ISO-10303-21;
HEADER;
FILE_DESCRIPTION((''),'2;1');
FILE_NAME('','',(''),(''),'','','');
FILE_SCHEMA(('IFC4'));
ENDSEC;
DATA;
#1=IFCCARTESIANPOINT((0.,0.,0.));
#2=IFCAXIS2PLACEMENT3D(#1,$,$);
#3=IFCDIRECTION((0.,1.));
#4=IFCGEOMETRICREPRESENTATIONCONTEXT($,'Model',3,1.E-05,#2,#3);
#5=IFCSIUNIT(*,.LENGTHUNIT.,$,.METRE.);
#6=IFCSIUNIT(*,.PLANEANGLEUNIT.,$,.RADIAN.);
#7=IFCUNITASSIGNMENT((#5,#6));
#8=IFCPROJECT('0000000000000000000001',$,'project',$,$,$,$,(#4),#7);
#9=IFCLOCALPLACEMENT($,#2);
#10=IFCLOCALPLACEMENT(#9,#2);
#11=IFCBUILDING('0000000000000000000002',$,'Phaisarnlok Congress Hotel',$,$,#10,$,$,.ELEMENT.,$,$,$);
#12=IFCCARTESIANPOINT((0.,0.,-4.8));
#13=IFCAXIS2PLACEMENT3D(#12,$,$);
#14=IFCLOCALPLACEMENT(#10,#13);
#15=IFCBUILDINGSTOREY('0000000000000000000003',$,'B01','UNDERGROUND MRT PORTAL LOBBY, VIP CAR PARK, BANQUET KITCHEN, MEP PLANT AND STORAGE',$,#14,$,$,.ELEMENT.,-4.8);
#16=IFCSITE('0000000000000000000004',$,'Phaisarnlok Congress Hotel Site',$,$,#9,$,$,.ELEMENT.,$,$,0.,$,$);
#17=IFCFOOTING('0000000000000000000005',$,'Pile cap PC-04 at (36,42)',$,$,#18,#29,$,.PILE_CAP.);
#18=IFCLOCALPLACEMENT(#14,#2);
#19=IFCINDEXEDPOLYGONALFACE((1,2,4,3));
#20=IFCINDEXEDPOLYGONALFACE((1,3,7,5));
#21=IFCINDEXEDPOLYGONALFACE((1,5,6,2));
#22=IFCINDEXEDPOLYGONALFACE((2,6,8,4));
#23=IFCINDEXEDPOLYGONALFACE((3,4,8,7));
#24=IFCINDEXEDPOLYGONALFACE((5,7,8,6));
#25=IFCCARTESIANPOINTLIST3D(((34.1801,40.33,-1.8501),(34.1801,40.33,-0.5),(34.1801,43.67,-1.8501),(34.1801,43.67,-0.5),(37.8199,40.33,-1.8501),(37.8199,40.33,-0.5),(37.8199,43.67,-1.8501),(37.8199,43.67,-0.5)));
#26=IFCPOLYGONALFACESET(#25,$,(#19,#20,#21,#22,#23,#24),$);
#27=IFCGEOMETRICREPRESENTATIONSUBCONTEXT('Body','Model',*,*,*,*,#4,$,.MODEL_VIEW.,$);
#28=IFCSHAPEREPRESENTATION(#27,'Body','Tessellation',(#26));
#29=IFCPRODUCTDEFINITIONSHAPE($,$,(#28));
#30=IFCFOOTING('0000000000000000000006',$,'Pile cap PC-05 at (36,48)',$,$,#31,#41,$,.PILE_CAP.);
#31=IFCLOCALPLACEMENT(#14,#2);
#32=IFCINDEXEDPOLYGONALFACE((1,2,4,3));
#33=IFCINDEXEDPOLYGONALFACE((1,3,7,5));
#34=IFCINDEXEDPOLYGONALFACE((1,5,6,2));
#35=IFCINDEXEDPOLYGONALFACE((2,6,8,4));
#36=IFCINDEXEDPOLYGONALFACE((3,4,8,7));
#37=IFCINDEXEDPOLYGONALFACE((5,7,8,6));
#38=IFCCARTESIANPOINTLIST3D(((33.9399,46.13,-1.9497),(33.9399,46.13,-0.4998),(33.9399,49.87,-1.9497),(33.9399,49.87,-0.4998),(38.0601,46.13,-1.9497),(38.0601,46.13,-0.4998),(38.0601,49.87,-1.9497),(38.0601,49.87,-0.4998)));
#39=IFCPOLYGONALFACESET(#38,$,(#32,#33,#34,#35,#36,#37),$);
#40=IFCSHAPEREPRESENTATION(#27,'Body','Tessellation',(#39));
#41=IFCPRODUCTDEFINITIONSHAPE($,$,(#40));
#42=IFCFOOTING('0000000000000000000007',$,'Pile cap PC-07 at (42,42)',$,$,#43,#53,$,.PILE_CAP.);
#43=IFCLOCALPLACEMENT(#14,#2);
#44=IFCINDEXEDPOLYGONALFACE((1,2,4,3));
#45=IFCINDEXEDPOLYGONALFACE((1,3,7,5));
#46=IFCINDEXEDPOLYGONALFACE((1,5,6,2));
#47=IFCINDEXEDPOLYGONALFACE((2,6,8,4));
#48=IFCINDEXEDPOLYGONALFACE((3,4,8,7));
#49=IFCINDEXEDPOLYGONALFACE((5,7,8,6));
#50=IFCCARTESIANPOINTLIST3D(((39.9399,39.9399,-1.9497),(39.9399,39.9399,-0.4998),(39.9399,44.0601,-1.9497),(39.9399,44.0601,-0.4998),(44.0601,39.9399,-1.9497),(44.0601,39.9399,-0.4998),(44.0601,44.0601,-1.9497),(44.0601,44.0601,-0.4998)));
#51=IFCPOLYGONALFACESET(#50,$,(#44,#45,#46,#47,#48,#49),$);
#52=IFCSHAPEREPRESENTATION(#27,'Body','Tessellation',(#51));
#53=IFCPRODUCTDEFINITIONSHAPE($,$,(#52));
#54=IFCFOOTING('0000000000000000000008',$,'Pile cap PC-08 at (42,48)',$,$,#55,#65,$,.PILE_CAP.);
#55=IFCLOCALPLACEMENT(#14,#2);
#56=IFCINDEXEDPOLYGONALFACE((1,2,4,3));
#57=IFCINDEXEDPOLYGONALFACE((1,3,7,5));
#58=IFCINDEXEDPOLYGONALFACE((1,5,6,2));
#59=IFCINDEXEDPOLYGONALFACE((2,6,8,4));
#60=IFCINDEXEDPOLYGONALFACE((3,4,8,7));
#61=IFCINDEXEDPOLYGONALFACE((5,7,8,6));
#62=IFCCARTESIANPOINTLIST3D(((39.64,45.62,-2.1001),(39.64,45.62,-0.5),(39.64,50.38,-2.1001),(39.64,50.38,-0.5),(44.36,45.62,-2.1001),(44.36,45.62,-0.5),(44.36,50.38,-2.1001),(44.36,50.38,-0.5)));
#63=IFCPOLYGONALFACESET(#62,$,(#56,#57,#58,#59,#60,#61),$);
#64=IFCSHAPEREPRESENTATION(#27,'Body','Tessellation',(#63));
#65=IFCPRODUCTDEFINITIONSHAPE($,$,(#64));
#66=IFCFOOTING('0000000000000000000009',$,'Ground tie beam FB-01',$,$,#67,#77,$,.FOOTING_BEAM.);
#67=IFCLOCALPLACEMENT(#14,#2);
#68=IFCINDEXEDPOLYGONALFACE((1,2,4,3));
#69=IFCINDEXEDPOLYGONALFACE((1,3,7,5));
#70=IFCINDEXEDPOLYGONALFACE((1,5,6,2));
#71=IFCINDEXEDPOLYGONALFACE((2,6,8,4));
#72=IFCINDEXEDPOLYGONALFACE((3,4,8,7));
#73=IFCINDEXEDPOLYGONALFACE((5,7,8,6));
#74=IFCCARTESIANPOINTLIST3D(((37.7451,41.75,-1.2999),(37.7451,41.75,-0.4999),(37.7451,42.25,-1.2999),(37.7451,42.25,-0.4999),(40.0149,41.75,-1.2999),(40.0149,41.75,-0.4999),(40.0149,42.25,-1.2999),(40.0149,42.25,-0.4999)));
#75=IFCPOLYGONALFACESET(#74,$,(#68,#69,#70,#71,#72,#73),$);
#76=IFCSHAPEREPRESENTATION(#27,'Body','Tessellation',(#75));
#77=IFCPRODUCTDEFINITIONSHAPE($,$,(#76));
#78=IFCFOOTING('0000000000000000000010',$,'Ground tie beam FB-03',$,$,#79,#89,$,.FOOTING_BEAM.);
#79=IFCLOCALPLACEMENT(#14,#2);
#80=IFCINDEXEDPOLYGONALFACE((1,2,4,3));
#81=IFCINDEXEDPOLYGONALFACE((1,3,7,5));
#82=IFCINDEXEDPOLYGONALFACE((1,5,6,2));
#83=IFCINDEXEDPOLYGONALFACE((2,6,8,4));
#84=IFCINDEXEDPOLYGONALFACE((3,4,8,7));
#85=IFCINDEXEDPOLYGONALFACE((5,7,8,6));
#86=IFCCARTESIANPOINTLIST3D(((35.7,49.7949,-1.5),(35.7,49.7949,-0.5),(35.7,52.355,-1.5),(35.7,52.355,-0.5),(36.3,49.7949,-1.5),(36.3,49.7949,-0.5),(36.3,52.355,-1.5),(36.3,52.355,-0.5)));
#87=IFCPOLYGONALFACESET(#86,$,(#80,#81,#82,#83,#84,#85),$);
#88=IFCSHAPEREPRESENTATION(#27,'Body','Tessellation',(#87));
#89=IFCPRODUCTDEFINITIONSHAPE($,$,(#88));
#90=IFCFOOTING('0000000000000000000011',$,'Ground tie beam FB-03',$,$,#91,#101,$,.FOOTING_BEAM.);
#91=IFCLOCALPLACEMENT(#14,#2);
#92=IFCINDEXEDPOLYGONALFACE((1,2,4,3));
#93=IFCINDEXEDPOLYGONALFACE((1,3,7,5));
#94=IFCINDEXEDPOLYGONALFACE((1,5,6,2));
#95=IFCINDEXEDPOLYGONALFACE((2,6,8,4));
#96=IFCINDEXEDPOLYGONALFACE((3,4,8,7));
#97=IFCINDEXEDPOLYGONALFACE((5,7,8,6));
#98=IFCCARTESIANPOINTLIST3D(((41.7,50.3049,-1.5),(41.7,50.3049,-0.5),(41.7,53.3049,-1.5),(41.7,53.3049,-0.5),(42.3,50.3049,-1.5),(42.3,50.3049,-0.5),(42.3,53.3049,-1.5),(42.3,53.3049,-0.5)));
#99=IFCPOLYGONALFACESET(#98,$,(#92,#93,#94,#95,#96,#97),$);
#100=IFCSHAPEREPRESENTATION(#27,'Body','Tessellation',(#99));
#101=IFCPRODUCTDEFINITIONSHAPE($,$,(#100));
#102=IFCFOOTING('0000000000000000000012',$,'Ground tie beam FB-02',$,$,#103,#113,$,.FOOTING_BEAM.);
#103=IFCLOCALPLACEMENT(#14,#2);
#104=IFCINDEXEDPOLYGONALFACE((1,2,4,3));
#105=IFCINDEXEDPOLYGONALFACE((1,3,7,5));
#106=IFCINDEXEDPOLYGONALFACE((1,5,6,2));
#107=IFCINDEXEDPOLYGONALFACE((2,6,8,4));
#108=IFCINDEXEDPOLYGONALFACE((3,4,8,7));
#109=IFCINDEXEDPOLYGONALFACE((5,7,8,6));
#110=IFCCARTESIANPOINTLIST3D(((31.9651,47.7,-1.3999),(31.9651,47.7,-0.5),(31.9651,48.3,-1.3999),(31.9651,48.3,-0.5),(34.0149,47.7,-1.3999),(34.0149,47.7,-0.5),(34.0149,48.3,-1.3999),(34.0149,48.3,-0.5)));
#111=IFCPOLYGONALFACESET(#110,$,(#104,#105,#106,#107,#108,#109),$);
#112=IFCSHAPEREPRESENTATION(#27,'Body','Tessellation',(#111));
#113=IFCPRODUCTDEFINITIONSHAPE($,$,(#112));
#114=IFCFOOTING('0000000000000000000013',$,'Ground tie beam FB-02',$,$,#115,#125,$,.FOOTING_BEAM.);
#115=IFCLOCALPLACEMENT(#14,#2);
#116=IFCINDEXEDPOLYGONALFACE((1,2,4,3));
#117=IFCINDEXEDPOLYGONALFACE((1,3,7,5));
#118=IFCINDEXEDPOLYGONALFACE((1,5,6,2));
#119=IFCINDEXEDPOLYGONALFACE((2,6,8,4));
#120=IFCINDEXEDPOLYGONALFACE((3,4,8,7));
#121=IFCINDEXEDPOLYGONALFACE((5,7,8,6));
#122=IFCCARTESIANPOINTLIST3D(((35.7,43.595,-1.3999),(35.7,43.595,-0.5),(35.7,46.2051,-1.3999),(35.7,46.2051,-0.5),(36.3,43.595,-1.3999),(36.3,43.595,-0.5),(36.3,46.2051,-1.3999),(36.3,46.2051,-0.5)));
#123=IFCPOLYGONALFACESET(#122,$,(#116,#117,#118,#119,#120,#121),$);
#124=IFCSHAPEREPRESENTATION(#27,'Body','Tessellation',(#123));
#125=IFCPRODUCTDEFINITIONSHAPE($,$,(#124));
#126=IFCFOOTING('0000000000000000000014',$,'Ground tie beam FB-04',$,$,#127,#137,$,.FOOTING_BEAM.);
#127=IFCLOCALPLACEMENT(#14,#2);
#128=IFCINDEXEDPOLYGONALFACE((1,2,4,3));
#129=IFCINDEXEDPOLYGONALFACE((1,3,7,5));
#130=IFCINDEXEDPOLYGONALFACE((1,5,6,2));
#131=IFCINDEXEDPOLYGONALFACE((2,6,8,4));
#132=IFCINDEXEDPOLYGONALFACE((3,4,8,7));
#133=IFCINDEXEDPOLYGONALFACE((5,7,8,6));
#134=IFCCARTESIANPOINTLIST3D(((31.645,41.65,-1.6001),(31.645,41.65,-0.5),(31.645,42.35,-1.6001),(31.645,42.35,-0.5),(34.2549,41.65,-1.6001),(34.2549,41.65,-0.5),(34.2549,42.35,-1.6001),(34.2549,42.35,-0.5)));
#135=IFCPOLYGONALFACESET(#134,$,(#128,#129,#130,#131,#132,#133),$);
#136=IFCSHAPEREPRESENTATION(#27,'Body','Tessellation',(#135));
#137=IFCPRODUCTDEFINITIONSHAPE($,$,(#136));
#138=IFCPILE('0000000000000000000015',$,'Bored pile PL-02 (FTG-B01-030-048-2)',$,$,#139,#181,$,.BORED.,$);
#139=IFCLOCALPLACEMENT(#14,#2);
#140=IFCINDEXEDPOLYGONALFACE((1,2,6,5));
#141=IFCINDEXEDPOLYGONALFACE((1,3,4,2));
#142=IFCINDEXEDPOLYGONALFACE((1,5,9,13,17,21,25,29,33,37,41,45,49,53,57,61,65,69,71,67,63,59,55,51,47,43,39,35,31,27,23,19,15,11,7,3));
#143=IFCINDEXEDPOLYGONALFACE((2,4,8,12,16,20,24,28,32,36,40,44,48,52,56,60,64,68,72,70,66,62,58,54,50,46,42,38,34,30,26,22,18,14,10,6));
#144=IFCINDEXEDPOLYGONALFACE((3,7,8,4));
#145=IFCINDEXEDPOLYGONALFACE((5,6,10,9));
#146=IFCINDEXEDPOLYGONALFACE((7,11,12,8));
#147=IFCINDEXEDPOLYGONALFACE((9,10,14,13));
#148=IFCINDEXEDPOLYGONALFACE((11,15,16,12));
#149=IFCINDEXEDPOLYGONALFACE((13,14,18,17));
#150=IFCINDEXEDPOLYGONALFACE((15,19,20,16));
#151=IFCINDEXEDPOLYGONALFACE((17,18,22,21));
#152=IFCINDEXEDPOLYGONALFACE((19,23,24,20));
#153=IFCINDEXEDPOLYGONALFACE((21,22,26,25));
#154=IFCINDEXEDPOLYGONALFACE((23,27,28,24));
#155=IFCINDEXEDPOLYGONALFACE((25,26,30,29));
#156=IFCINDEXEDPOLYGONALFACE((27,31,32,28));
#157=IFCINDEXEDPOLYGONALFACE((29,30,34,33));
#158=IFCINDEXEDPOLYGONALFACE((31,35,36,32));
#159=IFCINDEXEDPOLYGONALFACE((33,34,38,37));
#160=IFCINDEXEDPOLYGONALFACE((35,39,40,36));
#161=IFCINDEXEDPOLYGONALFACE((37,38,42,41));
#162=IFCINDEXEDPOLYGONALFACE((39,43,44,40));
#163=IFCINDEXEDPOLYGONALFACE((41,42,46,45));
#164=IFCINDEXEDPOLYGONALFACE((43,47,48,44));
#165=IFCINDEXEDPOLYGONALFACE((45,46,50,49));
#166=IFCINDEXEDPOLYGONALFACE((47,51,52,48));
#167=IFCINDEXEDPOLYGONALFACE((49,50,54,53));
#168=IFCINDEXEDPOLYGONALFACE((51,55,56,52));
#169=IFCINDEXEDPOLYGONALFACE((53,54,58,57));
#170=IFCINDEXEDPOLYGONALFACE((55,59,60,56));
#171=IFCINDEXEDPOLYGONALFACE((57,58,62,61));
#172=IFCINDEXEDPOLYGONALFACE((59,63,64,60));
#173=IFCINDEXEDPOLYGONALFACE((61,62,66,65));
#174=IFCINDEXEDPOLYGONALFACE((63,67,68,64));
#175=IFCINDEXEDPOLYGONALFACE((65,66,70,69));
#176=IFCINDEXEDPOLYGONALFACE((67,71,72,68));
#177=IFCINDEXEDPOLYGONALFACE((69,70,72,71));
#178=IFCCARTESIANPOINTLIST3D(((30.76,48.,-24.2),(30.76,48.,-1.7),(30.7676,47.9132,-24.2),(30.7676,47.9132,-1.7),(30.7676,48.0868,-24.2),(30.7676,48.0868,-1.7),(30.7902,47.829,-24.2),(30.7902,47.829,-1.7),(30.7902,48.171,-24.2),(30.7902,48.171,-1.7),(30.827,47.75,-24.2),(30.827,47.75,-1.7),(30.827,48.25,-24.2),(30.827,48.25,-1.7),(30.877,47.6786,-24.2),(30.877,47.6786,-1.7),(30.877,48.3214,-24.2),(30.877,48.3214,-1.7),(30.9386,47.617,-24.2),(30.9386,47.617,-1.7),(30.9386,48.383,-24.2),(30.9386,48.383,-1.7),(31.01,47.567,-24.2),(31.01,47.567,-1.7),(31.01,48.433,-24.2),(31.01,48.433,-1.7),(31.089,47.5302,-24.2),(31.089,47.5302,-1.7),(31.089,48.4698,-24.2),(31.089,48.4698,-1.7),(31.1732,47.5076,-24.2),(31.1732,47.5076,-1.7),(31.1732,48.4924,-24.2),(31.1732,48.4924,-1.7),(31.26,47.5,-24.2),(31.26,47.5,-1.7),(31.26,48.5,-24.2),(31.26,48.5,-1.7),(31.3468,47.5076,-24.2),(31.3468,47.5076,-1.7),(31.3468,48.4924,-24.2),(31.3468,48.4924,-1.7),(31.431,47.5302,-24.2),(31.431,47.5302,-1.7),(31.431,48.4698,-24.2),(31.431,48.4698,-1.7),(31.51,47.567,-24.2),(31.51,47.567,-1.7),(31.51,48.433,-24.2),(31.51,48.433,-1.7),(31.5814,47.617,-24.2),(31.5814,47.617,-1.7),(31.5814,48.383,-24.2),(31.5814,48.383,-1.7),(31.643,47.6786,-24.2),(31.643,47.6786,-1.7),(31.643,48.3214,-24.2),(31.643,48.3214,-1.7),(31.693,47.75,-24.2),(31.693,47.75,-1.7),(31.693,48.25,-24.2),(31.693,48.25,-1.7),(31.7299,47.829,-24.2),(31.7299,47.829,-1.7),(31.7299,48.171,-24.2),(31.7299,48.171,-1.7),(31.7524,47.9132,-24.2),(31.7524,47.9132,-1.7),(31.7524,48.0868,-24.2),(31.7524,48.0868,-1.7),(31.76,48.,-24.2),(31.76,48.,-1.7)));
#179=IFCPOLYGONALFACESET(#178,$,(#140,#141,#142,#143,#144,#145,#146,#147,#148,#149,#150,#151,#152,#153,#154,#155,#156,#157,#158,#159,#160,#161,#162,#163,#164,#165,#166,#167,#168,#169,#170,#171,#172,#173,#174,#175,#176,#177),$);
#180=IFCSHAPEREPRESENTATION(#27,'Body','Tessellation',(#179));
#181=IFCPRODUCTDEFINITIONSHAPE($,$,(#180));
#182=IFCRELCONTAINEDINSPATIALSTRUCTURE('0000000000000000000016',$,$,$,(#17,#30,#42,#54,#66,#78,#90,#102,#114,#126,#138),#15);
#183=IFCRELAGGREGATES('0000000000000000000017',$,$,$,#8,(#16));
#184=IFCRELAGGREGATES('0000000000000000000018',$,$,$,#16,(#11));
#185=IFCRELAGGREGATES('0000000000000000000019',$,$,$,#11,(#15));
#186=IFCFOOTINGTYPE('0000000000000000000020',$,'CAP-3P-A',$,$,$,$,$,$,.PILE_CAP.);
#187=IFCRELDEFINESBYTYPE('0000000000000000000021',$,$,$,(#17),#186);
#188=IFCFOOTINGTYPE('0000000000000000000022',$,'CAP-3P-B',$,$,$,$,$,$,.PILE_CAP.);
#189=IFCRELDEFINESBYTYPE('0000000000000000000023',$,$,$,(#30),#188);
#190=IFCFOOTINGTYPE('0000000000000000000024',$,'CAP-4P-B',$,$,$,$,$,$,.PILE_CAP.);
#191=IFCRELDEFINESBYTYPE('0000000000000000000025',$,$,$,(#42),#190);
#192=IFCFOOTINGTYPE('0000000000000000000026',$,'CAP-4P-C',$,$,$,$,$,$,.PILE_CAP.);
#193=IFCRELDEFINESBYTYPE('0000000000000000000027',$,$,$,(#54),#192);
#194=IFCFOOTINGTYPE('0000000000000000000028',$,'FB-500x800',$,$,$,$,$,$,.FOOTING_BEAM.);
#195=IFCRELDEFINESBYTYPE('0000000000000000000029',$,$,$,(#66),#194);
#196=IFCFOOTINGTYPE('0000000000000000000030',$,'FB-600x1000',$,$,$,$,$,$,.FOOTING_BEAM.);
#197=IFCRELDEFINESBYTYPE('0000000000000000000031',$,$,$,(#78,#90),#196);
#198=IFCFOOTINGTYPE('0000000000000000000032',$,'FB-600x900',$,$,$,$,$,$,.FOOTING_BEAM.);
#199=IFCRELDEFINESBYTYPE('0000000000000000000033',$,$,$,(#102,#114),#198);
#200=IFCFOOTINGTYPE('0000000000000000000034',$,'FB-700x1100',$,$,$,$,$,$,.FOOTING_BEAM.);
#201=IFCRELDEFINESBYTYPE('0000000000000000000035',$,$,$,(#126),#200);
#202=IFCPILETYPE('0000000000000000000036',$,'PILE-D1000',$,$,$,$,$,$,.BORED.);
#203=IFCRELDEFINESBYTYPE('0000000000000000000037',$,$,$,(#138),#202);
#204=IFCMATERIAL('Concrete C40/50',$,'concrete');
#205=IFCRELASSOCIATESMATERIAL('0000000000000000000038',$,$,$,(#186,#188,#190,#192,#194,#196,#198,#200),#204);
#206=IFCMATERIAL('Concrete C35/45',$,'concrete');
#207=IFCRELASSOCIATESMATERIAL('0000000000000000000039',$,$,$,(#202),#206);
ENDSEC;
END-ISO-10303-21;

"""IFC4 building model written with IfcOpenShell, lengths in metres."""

from ifc_helpers import new_model, si_unit, direction, frame, origin, origin_2d, place, context, subcontext, project, spatial, rectangle, circle, extrude, material, material_profile, profile_set, type_object, element, save


model = new_model("IFC4")

# Units and contexts
model_context = context("Model", 3, precision=1e-05, world=origin(), true_north=direction((0.0, 1.0)))
body_context = subcontext(model_context, "Body", "Model", "MODEL_VIEW")
ifc_project = project(units=[si_unit("LENGTHUNIT", "METRE"), si_unit("PLANEANGLEUNIT", "RADIAN")], contexts=[model_context])

# Site, building, storey
site_placement = place(None, origin())
site = spatial("IfcSite", under=ifc_project, at=site_placement, Name="Phaisarnlok Congress Hotel Site", CompositionType="ELEMENT", RefElevation=0.0)
building_placement = place(site_placement, origin())
building = spatial("IfcBuilding", under=site, at=building_placement, Name="Phaisarnlok Congress Hotel", CompositionType="ELEMENT")
storey_placement = place(building_placement, frame((0.0, 0.0, -4.8)))
storey = spatial("IfcBuildingStorey", under=building, at=storey_placement, Name="B01", Description="UNDERGROUND MRT PORTAL LOBBY, VIP CAR PARK, BANQUET KITCHEN, MEP PLANT AND STORAGE", CompositionType="ELEMENT", Elevation=-4.8)

# Footings
ifc_material_1 = material(Name="Concrete C40/50", Category="concrete")
footing_type_1 = type_object("IfcFootingType", Name="CAP-3P-A", PredefinedType="PILE_CAP", material=ifc_material_1)
footing_1_placement = place(storey_placement, frame((36.0, 42.0, -1.8501), z_axis=(0.0, 0.0, 1.0), x_axis=(1.0, 0.0, 0.0)))
element("IfcFooting", 1, at=footing_1_placement, inside=storey, type_object=footing_type_1, Name="Pile cap PC-04 at (36,42)", PredefinedType="PILE_CAP", context=body_context, shape_type="SweptSolid", body=[
    extrude(rectangle(XDim=3.6399, YDim=3.3401, at=origin_2d()), origin(), (0.0, 0.0, 1.0), 1.3501),
])
footing_type_2 = type_object("IfcFootingType", Name="CAP-3P-B", PredefinedType="PILE_CAP", material=ifc_material_1)
footing_2_placement = place(storey_placement, frame((36.0, 48.0, -1.9497), z_axis=(0.0, 0.0, 1.0), x_axis=(1.0, 0.0, 0.0)))
element("IfcFooting", 2, at=footing_2_placement, inside=storey, type_object=footing_type_2, Name="Pile cap PC-05 at (36,48)", PredefinedType="PILE_CAP", context=body_context, shape_type="SweptSolid", body=[
    extrude(rectangle(XDim=4.1201, YDim=3.74, at=origin_2d()), origin(), (0.0, 0.0, 1.0), 1.45),
])
footing_type_3 = type_object("IfcFootingType", Name="CAP-4P-B", PredefinedType="PILE_CAP", material=ifc_material_1)
footing_3_placement = place(storey_placement, frame((42.0, 42.0, -1.9497), z_axis=(0.0, 0.0, 1.0), x_axis=(1.0, 0.0, 0.0)))
element("IfcFooting", 3, at=footing_3_placement, inside=storey, type_object=footing_type_3, Name="Pile cap PC-07 at (42,42)", PredefinedType="PILE_CAP", context=body_context, shape_type="SweptSolid", body=[
    extrude(rectangle(XDim=4.1201, YDim=4.1201, at=origin_2d()), origin(), (0.0, 0.0, 1.0), 1.45),
])
footing_type_4 = type_object("IfcFootingType", Name="CAP-4P-C", PredefinedType="PILE_CAP", material=ifc_material_1)
footing_4_placement = place(storey_placement, frame((42.0, 48.0, -2.1001), z_axis=(0.0, 0.0, 1.0), x_axis=(1.0, 0.0, 0.0)))
element("IfcFooting", 4, at=footing_4_placement, inside=storey, type_object=footing_type_4, Name="Pile cap PC-08 at (42,48)", PredefinedType="PILE_CAP", context=body_context, shape_type="SweptSolid", body=[
    extrude(rectangle(XDim=4.72, YDim=4.76, at=origin_2d()), origin(), (0.0, 0.0, 1.0), 1.6001),
])
ifc_material_profile_1 = material_profile(ifc_material_1, rectangle(XDim=0.5, YDim=0.8, at=origin_2d()), Name="FB-500x800")
ifc_profile_set_1 = profile_set([ifc_material_profile_1], Name="Concrete C40/50")
footing_type_5 = type_object("IfcFootingType", Name="FB-500x800", PredefinedType="FOOTING_BEAM", material=ifc_profile_set_1)
footing_5_placement = place(storey_placement, frame((37.7451, 42.0, -0.8999), z_axis=(1.0, 0.0, 0.0), x_axis=(0.0, 1.0, 0.0)))
element("IfcFooting", 5, at=footing_5_placement, inside=storey, type_object=footing_type_5, Name="Ground tie beam FB-01", PredefinedType="FOOTING_BEAM", context=body_context, shape_type="SweptSolid", body=[
    extrude(rectangle(XDim=0.5, YDim=0.8, at=origin_2d()), origin(), (0.0, 0.0, 1.0), 2.2698),
])
ifc_material_profile_2 = material_profile(ifc_material_1, rectangle(XDim=0.6001, YDim=1.0, at=origin_2d()), Name="FB-600x1000")
ifc_profile_set_2 = profile_set([ifc_material_profile_2], Name="Concrete C40/50")
footing_type_6 = type_object("IfcFootingType", Name="FB-600x1000", PredefinedType="FOOTING_BEAM", material=ifc_profile_set_2)
footing_6_placement = place(storey_placement, frame((36.0, 49.7949, -1.0), z_axis=(0.0, 1.0, 0.0), x_axis=(-1.0, 0.0, 0.0)))
element("IfcFooting", 6, at=footing_6_placement, inside=storey, type_object=footing_type_6, Name="Ground tie beam FB-03", PredefinedType="FOOTING_BEAM", context=body_context, shape_type="SweptSolid", body=[
    extrude(rectangle(XDim=0.6001, YDim=1.0, at=origin_2d()), origin(), (0.0, 0.0, 1.0), 2.5601),
])
footing_7_placement = place(storey_placement, frame((42.0, 50.3049, -1.0), z_axis=(0.0, 1.0, 0.0), x_axis=(-1.0, 0.0, 0.0)))
element("IfcFooting", 7, at=footing_7_placement, inside=storey, type_object=footing_type_6, Name="Ground tie beam FB-03", PredefinedType="FOOTING_BEAM", context=body_context, shape_type="SweptSolid", body=[
    extrude(rectangle(XDim=0.6001, YDim=1.0, at=origin_2d()), origin(), (0.0, 0.0, 1.0), 3.0),
])
ifc_material_profile_3 = material_profile(ifc_material_1, rectangle(XDim=0.6001, YDim=0.8999, at=origin_2d()), Name="FB-600x900")
ifc_profile_set_3 = profile_set([ifc_material_profile_3], Name="Concrete C40/50")
footing_type_7 = type_object("IfcFootingType", Name="FB-600x900", PredefinedType="FOOTING_BEAM", material=ifc_profile_set_3)
footing_8_placement = place(storey_placement, frame((31.9651, 48.0, -0.95), z_axis=(1.0, 0.0, 0.0), x_axis=(0.0, 1.0, 0.0)))
element("IfcFooting", 8, at=footing_8_placement, inside=storey, type_object=footing_type_7, Name="Ground tie beam FB-02", PredefinedType="FOOTING_BEAM", context=body_context, shape_type="SweptSolid", body=[
    extrude(rectangle(XDim=0.6001, YDim=0.8999, at=origin_2d()), origin(), (0.0, 0.0, 1.0), 2.0498),
])
footing_9_placement = place(storey_placement, frame((36.0, 43.595, -0.95), z_axis=(0.0, 1.0, 0.0), x_axis=(-1.0, 0.0, 0.0)))
element("IfcFooting", 9, at=footing_9_placement, inside=storey, type_object=footing_type_7, Name="Ground tie beam FB-02", PredefinedType="FOOTING_BEAM", context=body_context, shape_type="SweptSolid", body=[
    extrude(rectangle(XDim=0.6001, YDim=0.8999, at=origin_2d()), origin(), (0.0, 0.0, 1.0), 2.6101),
])
ifc_material_profile_4 = material_profile(ifc_material_1, rectangle(XDim=0.7, YDim=1.1001, at=origin_2d()), Name="FB-700x1100")
ifc_profile_set_4 = profile_set([ifc_material_profile_4], Name="Concrete C40/50")
footing_type_8 = type_object("IfcFootingType", Name="FB-700x1100", PredefinedType="FOOTING_BEAM", material=ifc_profile_set_4)
footing_10_placement = place(storey_placement, frame((31.645, 42.0, -1.05), z_axis=(1.0, 0.0, 0.0), x_axis=(0.0, 1.0, 0.0)))
element("IfcFooting", 10, at=footing_10_placement, inside=storey, type_object=footing_type_8, Name="Ground tie beam FB-04", PredefinedType="FOOTING_BEAM", context=body_context, shape_type="SweptSolid", body=[
    extrude(rectangle(XDim=0.7, YDim=1.1001, at=origin_2d()), origin(), (0.0, 0.0, 1.0), 2.6099),
])

# Pile
ifc_material_2 = material(Name="Concrete C35/45", Category="concrete")
ifc_material_profile_5 = material_profile(ifc_material_2, circle(Radius=0.5, at=origin_2d()), Name="BORED PILE D1000")
ifc_profile_set_5 = profile_set([ifc_material_profile_5], Name="Concrete C35/45")
pile_type_1 = type_object("IfcPileType", Name="PILE-D1000", PredefinedType="BORED", material=ifc_profile_set_5)
pile_1_placement = place(storey_placement, frame((31.26, 48.0, -1.7), z_axis=(0.0, 0.0, -1.0), x_axis=(1.0, 0.0, 0.0)))
element("IfcPile", 11, at=pile_1_placement, inside=storey, type_object=pile_type_1, Name="Bored pile PL-02 (FTG-B01-030-048-2)", PredefinedType="BORED", context=body_context, shape_type="SweptSolid", body=[
    extrude(circle(Radius=0.5, at=origin_2d()), origin(), (0.0, 0.0, 1.0), 22.5),
])

save(model, "model.ifc")
